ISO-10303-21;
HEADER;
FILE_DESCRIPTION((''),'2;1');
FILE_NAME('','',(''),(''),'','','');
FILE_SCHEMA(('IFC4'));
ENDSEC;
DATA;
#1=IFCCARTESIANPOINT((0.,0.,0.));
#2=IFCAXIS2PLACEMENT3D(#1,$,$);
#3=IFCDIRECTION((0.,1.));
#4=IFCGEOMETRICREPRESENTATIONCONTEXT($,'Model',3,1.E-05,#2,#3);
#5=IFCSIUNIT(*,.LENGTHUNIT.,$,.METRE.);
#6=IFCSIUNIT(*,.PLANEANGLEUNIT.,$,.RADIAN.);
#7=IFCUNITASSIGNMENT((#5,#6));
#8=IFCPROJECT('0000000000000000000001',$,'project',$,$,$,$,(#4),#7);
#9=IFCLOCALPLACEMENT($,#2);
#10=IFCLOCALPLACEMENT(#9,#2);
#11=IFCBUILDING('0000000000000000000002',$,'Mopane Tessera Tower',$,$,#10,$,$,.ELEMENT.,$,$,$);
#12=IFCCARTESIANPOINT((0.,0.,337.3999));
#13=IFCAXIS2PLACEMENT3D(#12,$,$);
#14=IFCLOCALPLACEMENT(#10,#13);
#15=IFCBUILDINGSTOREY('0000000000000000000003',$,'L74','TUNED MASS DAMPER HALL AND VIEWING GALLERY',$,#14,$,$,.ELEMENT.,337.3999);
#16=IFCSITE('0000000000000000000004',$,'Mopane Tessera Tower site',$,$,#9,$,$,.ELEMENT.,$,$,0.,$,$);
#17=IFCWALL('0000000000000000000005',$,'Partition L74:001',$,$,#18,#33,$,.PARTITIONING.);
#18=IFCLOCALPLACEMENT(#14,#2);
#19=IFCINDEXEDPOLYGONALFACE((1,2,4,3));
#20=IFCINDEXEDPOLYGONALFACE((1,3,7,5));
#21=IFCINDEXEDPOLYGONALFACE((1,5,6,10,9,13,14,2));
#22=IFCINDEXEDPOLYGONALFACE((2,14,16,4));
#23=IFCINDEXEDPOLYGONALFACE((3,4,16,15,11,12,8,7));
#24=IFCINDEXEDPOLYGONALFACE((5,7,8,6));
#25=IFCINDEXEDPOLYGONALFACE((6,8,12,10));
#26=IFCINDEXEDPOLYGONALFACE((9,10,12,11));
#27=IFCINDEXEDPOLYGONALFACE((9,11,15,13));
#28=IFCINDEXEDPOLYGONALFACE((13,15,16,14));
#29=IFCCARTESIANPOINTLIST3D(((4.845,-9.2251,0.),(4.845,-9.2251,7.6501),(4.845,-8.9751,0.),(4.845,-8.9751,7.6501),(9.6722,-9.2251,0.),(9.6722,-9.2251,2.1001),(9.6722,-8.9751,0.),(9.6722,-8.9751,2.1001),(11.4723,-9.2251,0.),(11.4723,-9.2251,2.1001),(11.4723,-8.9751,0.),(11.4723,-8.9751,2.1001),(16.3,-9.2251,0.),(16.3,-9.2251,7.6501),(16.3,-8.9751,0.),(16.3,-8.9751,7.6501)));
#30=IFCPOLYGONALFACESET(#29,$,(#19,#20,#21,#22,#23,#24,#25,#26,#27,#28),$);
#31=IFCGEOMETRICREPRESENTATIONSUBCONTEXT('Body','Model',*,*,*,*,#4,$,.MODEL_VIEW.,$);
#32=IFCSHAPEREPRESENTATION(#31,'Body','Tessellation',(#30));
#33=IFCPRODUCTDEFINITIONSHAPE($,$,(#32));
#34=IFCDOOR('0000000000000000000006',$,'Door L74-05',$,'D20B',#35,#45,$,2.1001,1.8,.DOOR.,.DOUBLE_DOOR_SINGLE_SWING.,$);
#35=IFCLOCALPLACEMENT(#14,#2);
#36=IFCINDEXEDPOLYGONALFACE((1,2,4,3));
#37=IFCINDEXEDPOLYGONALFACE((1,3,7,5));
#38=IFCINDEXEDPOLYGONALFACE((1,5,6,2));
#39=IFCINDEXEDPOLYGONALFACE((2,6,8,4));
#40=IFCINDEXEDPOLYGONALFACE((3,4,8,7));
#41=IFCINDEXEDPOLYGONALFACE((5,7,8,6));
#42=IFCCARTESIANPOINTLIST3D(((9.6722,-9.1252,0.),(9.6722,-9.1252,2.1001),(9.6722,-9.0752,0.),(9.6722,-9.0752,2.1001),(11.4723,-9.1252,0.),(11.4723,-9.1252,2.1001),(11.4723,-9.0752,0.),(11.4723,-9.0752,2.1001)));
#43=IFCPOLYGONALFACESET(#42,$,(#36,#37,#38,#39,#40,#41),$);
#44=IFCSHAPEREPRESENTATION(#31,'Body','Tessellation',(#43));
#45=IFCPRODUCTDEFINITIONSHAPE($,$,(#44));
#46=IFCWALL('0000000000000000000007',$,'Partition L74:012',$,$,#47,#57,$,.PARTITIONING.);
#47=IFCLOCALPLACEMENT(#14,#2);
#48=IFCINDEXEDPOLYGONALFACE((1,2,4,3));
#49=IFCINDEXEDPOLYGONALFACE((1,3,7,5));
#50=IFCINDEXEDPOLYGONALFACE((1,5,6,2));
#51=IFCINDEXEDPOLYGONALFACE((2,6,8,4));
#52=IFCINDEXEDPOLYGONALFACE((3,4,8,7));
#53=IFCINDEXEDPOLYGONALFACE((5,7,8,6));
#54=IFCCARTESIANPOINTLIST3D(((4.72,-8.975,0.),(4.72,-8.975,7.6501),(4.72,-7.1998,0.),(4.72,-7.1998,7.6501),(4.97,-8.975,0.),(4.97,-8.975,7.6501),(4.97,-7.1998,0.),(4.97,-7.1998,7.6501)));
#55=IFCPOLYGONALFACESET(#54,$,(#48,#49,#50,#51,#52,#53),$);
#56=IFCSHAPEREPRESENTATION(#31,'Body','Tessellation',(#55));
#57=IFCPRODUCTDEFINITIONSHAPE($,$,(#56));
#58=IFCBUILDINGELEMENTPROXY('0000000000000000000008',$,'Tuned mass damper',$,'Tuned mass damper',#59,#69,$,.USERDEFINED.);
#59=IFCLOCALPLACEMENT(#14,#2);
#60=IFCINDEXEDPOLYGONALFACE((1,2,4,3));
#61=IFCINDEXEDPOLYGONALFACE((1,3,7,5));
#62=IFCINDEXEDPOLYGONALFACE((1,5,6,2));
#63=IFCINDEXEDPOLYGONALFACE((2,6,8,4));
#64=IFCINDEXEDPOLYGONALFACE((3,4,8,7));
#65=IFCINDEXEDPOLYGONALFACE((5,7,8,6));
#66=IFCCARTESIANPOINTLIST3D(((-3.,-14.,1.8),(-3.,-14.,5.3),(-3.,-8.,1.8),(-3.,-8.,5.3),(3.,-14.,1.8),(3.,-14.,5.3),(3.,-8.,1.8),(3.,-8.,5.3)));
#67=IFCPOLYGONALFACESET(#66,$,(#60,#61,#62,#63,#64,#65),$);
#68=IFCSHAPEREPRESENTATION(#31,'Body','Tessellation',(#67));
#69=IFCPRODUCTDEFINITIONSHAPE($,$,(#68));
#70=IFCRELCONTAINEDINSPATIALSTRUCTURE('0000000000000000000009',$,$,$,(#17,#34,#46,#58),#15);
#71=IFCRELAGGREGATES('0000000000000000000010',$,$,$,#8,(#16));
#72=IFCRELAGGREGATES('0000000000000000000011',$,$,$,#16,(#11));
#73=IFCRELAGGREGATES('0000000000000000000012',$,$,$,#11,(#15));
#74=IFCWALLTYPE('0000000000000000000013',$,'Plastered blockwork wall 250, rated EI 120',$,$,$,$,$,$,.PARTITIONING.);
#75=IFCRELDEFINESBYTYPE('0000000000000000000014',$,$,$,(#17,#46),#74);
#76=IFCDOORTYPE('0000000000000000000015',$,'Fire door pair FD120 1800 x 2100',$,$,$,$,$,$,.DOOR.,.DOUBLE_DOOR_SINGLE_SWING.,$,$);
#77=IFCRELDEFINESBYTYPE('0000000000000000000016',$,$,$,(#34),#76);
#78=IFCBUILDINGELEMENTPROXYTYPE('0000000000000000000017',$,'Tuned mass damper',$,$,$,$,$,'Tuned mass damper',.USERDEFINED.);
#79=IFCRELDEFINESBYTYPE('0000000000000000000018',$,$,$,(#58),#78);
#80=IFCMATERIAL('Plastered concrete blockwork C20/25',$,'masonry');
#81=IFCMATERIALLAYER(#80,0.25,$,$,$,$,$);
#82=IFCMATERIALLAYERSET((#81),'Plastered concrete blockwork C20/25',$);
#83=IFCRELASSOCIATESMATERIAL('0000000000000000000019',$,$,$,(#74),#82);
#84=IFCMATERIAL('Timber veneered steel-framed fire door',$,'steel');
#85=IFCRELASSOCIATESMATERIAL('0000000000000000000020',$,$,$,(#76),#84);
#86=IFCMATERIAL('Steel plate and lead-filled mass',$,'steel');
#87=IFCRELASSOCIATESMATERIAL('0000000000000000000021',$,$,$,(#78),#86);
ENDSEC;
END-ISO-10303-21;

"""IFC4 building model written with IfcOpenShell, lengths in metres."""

from ifc_helpers import new_model, si_unit, direction, frame, frame_2d, origin, origin_2d, place, context, subcontext, project, spatial, rectangle, extrude, material, layer, layer_set, type_object, element, fill, save


model = new_model("IFC4")

# Units and contexts
model_context = context("Model", 3, precision=1e-05, world=origin(), true_north=direction((0.0, 1.0)))
body_context = subcontext(model_context, "Body", "Model", "MODEL_VIEW")
ifc_project = project(units=[si_unit("LENGTHUNIT", "METRE"), si_unit("PLANEANGLEUNIT", "RADIAN")], contexts=[model_context])

# Site, building, storey
site_placement = place(None, origin())
site = spatial("IfcSite", under=ifc_project, at=site_placement, Name="Mopane Tessera Tower site", CompositionType="ELEMENT", RefElevation=0.0)
building_placement = place(site_placement, origin())
building = spatial("IfcBuilding", under=site, at=building_placement, Name="Mopane Tessera Tower", CompositionType="ELEMENT")
storey_placement = place(building_placement, frame((0.0, 0.0, 337.3999)))
storey = spatial("IfcBuildingStorey", under=building, at=storey_placement, Name="L74", Description="TUNED MASS DAMPER HALL AND VIEWING GALLERY", CompositionType="ELEMENT", Elevation=337.3999)

# Wall, opening, door
ifc_material_1 = material(Name="Plastered concrete blockwork C20/25", Category="masonry")
ifc_layer_1 = layer(ifc_material_1, 0.25)
ifc_layer_set_1 = layer_set([ifc_layer_1], Name="Plastered concrete blockwork C20/25")
wall_type_1 = type_object("IfcWallType", Name="Plastered blockwork wall 250, rated EI 120", PredefinedType="PARTITIONING", material=ifc_layer_set_1)
wall_1_placement = place(storey_placement, frame((4.845, -9.1001, 0.0), z_axis=(0.0, 0.0, 1.0), x_axis=(1.0, 0.0, 0.0)))
wall_1 = element("IfcWall", 1, at=wall_1_placement, inside=storey, type_object=wall_type_1, Name="Partition L74:001", PredefinedType="PARTITIONING", context=body_context, shape_type="SweptSolid", body=[
    extrude(rectangle(XDim=11.4551, YDim=0.25, at=frame_2d((5.7275, 0.0))), origin(), (0.0, 0.0, 1.0), 7.6501),
])
opening_1_placement = place(wall_1_placement, frame((4.8274, 0.0, 0.0)))
opening_1 = element("IfcOpeningElement", 2, at=opening_1_placement, cuts=wall_1, PredefinedType="OPENING", context=body_context, shape_type="SweptSolid", body=[
    extrude(rectangle(XDim=1.8, YDim=2.1001, at=frame_2d((0.8999, 1.05))), frame((0.0, 0.137, 0.0), z_axis=(0.0, -1.0, 0.0), x_axis=(1.0, 0.0, 0.0)), (0.0, 0.0, 1.0), 0.2739),
])
ifc_material_2 = material(Name="Timber veneered steel-framed fire door", Category="steel")
door_type_1 = type_object("IfcDoorType", Name="Fire door pair FD120 1800 x 2100", OperationType="DOUBLE_DOOR_SINGLE_SWING", PredefinedType="DOOR", material=ifc_material_2)
door_1_placement = place(opening_1_placement, origin())
door_1 = element("IfcDoor", 3, at=door_1_placement, inside=storey, type_object=door_type_1, Name="Door L74-05", ObjectType="D20B", OperationType="DOUBLE_DOOR_SINGLE_SWING", OverallHeight=2.1001, OverallWidth=1.8, PredefinedType="DOOR", context=body_context, shape_type="SweptSolid", body=[
    extrude(rectangle(XDim=1.8, YDim=2.1001, at=frame_2d((0.8999, 1.05))), frame((0.0, 0.0249, 0.0), z_axis=(0.0, -1.0, 0.0), x_axis=(1.0, 0.0, 0.0)), (0.0, 0.0, 1.0), 0.05),
])
fill(opening_1, door_1)

# Wall
wall_2_placement = place(storey_placement, frame((4.845, -8.9751, 0.0), z_axis=(0.0, 0.0, 1.0), x_axis=(0.0, 1.0, 0.0)))
element("IfcWall", 4, at=wall_2_placement, inside=storey, type_object=wall_type_1, Name="Partition L74:012", PredefinedType="PARTITIONING", context=body_context, shape_type="SweptSolid", body=[
    extrude(rectangle(XDim=1.7751, YDim=0.25, at=frame_2d((0.8877, 0.0))), origin(), (0.0, 0.0, 1.0), 7.6501),
])

# Building element proxy
ifc_material_3 = material(Name="Steel plate and lead-filled mass", Category="steel")
building_element_proxy_type = type_object("IfcBuildingElementProxyType", Name="Tuned mass damper", ElementType="Tuned mass damper", PredefinedType="USERDEFINED", material=ifc_material_3)
proxy_placement = place(storey_placement, frame((0.0, -11.0, 1.8), z_axis=(0.0, 0.0, 1.0), x_axis=(1.0, 0.0, 0.0)))
element("IfcBuildingElementProxy", 5, at=proxy_placement, inside=storey, type_object=building_element_proxy_type, Name="Tuned mass damper", ObjectType="Tuned mass damper", PredefinedType="USERDEFINED", context=body_context, shape_type="SweptSolid", body=[
    extrude(rectangle(XDim=6.0, YDim=6.0, at=origin_2d()), origin(), (0.0, 0.0, 1.0), 3.5),
])

save(model, "model.ifc")
